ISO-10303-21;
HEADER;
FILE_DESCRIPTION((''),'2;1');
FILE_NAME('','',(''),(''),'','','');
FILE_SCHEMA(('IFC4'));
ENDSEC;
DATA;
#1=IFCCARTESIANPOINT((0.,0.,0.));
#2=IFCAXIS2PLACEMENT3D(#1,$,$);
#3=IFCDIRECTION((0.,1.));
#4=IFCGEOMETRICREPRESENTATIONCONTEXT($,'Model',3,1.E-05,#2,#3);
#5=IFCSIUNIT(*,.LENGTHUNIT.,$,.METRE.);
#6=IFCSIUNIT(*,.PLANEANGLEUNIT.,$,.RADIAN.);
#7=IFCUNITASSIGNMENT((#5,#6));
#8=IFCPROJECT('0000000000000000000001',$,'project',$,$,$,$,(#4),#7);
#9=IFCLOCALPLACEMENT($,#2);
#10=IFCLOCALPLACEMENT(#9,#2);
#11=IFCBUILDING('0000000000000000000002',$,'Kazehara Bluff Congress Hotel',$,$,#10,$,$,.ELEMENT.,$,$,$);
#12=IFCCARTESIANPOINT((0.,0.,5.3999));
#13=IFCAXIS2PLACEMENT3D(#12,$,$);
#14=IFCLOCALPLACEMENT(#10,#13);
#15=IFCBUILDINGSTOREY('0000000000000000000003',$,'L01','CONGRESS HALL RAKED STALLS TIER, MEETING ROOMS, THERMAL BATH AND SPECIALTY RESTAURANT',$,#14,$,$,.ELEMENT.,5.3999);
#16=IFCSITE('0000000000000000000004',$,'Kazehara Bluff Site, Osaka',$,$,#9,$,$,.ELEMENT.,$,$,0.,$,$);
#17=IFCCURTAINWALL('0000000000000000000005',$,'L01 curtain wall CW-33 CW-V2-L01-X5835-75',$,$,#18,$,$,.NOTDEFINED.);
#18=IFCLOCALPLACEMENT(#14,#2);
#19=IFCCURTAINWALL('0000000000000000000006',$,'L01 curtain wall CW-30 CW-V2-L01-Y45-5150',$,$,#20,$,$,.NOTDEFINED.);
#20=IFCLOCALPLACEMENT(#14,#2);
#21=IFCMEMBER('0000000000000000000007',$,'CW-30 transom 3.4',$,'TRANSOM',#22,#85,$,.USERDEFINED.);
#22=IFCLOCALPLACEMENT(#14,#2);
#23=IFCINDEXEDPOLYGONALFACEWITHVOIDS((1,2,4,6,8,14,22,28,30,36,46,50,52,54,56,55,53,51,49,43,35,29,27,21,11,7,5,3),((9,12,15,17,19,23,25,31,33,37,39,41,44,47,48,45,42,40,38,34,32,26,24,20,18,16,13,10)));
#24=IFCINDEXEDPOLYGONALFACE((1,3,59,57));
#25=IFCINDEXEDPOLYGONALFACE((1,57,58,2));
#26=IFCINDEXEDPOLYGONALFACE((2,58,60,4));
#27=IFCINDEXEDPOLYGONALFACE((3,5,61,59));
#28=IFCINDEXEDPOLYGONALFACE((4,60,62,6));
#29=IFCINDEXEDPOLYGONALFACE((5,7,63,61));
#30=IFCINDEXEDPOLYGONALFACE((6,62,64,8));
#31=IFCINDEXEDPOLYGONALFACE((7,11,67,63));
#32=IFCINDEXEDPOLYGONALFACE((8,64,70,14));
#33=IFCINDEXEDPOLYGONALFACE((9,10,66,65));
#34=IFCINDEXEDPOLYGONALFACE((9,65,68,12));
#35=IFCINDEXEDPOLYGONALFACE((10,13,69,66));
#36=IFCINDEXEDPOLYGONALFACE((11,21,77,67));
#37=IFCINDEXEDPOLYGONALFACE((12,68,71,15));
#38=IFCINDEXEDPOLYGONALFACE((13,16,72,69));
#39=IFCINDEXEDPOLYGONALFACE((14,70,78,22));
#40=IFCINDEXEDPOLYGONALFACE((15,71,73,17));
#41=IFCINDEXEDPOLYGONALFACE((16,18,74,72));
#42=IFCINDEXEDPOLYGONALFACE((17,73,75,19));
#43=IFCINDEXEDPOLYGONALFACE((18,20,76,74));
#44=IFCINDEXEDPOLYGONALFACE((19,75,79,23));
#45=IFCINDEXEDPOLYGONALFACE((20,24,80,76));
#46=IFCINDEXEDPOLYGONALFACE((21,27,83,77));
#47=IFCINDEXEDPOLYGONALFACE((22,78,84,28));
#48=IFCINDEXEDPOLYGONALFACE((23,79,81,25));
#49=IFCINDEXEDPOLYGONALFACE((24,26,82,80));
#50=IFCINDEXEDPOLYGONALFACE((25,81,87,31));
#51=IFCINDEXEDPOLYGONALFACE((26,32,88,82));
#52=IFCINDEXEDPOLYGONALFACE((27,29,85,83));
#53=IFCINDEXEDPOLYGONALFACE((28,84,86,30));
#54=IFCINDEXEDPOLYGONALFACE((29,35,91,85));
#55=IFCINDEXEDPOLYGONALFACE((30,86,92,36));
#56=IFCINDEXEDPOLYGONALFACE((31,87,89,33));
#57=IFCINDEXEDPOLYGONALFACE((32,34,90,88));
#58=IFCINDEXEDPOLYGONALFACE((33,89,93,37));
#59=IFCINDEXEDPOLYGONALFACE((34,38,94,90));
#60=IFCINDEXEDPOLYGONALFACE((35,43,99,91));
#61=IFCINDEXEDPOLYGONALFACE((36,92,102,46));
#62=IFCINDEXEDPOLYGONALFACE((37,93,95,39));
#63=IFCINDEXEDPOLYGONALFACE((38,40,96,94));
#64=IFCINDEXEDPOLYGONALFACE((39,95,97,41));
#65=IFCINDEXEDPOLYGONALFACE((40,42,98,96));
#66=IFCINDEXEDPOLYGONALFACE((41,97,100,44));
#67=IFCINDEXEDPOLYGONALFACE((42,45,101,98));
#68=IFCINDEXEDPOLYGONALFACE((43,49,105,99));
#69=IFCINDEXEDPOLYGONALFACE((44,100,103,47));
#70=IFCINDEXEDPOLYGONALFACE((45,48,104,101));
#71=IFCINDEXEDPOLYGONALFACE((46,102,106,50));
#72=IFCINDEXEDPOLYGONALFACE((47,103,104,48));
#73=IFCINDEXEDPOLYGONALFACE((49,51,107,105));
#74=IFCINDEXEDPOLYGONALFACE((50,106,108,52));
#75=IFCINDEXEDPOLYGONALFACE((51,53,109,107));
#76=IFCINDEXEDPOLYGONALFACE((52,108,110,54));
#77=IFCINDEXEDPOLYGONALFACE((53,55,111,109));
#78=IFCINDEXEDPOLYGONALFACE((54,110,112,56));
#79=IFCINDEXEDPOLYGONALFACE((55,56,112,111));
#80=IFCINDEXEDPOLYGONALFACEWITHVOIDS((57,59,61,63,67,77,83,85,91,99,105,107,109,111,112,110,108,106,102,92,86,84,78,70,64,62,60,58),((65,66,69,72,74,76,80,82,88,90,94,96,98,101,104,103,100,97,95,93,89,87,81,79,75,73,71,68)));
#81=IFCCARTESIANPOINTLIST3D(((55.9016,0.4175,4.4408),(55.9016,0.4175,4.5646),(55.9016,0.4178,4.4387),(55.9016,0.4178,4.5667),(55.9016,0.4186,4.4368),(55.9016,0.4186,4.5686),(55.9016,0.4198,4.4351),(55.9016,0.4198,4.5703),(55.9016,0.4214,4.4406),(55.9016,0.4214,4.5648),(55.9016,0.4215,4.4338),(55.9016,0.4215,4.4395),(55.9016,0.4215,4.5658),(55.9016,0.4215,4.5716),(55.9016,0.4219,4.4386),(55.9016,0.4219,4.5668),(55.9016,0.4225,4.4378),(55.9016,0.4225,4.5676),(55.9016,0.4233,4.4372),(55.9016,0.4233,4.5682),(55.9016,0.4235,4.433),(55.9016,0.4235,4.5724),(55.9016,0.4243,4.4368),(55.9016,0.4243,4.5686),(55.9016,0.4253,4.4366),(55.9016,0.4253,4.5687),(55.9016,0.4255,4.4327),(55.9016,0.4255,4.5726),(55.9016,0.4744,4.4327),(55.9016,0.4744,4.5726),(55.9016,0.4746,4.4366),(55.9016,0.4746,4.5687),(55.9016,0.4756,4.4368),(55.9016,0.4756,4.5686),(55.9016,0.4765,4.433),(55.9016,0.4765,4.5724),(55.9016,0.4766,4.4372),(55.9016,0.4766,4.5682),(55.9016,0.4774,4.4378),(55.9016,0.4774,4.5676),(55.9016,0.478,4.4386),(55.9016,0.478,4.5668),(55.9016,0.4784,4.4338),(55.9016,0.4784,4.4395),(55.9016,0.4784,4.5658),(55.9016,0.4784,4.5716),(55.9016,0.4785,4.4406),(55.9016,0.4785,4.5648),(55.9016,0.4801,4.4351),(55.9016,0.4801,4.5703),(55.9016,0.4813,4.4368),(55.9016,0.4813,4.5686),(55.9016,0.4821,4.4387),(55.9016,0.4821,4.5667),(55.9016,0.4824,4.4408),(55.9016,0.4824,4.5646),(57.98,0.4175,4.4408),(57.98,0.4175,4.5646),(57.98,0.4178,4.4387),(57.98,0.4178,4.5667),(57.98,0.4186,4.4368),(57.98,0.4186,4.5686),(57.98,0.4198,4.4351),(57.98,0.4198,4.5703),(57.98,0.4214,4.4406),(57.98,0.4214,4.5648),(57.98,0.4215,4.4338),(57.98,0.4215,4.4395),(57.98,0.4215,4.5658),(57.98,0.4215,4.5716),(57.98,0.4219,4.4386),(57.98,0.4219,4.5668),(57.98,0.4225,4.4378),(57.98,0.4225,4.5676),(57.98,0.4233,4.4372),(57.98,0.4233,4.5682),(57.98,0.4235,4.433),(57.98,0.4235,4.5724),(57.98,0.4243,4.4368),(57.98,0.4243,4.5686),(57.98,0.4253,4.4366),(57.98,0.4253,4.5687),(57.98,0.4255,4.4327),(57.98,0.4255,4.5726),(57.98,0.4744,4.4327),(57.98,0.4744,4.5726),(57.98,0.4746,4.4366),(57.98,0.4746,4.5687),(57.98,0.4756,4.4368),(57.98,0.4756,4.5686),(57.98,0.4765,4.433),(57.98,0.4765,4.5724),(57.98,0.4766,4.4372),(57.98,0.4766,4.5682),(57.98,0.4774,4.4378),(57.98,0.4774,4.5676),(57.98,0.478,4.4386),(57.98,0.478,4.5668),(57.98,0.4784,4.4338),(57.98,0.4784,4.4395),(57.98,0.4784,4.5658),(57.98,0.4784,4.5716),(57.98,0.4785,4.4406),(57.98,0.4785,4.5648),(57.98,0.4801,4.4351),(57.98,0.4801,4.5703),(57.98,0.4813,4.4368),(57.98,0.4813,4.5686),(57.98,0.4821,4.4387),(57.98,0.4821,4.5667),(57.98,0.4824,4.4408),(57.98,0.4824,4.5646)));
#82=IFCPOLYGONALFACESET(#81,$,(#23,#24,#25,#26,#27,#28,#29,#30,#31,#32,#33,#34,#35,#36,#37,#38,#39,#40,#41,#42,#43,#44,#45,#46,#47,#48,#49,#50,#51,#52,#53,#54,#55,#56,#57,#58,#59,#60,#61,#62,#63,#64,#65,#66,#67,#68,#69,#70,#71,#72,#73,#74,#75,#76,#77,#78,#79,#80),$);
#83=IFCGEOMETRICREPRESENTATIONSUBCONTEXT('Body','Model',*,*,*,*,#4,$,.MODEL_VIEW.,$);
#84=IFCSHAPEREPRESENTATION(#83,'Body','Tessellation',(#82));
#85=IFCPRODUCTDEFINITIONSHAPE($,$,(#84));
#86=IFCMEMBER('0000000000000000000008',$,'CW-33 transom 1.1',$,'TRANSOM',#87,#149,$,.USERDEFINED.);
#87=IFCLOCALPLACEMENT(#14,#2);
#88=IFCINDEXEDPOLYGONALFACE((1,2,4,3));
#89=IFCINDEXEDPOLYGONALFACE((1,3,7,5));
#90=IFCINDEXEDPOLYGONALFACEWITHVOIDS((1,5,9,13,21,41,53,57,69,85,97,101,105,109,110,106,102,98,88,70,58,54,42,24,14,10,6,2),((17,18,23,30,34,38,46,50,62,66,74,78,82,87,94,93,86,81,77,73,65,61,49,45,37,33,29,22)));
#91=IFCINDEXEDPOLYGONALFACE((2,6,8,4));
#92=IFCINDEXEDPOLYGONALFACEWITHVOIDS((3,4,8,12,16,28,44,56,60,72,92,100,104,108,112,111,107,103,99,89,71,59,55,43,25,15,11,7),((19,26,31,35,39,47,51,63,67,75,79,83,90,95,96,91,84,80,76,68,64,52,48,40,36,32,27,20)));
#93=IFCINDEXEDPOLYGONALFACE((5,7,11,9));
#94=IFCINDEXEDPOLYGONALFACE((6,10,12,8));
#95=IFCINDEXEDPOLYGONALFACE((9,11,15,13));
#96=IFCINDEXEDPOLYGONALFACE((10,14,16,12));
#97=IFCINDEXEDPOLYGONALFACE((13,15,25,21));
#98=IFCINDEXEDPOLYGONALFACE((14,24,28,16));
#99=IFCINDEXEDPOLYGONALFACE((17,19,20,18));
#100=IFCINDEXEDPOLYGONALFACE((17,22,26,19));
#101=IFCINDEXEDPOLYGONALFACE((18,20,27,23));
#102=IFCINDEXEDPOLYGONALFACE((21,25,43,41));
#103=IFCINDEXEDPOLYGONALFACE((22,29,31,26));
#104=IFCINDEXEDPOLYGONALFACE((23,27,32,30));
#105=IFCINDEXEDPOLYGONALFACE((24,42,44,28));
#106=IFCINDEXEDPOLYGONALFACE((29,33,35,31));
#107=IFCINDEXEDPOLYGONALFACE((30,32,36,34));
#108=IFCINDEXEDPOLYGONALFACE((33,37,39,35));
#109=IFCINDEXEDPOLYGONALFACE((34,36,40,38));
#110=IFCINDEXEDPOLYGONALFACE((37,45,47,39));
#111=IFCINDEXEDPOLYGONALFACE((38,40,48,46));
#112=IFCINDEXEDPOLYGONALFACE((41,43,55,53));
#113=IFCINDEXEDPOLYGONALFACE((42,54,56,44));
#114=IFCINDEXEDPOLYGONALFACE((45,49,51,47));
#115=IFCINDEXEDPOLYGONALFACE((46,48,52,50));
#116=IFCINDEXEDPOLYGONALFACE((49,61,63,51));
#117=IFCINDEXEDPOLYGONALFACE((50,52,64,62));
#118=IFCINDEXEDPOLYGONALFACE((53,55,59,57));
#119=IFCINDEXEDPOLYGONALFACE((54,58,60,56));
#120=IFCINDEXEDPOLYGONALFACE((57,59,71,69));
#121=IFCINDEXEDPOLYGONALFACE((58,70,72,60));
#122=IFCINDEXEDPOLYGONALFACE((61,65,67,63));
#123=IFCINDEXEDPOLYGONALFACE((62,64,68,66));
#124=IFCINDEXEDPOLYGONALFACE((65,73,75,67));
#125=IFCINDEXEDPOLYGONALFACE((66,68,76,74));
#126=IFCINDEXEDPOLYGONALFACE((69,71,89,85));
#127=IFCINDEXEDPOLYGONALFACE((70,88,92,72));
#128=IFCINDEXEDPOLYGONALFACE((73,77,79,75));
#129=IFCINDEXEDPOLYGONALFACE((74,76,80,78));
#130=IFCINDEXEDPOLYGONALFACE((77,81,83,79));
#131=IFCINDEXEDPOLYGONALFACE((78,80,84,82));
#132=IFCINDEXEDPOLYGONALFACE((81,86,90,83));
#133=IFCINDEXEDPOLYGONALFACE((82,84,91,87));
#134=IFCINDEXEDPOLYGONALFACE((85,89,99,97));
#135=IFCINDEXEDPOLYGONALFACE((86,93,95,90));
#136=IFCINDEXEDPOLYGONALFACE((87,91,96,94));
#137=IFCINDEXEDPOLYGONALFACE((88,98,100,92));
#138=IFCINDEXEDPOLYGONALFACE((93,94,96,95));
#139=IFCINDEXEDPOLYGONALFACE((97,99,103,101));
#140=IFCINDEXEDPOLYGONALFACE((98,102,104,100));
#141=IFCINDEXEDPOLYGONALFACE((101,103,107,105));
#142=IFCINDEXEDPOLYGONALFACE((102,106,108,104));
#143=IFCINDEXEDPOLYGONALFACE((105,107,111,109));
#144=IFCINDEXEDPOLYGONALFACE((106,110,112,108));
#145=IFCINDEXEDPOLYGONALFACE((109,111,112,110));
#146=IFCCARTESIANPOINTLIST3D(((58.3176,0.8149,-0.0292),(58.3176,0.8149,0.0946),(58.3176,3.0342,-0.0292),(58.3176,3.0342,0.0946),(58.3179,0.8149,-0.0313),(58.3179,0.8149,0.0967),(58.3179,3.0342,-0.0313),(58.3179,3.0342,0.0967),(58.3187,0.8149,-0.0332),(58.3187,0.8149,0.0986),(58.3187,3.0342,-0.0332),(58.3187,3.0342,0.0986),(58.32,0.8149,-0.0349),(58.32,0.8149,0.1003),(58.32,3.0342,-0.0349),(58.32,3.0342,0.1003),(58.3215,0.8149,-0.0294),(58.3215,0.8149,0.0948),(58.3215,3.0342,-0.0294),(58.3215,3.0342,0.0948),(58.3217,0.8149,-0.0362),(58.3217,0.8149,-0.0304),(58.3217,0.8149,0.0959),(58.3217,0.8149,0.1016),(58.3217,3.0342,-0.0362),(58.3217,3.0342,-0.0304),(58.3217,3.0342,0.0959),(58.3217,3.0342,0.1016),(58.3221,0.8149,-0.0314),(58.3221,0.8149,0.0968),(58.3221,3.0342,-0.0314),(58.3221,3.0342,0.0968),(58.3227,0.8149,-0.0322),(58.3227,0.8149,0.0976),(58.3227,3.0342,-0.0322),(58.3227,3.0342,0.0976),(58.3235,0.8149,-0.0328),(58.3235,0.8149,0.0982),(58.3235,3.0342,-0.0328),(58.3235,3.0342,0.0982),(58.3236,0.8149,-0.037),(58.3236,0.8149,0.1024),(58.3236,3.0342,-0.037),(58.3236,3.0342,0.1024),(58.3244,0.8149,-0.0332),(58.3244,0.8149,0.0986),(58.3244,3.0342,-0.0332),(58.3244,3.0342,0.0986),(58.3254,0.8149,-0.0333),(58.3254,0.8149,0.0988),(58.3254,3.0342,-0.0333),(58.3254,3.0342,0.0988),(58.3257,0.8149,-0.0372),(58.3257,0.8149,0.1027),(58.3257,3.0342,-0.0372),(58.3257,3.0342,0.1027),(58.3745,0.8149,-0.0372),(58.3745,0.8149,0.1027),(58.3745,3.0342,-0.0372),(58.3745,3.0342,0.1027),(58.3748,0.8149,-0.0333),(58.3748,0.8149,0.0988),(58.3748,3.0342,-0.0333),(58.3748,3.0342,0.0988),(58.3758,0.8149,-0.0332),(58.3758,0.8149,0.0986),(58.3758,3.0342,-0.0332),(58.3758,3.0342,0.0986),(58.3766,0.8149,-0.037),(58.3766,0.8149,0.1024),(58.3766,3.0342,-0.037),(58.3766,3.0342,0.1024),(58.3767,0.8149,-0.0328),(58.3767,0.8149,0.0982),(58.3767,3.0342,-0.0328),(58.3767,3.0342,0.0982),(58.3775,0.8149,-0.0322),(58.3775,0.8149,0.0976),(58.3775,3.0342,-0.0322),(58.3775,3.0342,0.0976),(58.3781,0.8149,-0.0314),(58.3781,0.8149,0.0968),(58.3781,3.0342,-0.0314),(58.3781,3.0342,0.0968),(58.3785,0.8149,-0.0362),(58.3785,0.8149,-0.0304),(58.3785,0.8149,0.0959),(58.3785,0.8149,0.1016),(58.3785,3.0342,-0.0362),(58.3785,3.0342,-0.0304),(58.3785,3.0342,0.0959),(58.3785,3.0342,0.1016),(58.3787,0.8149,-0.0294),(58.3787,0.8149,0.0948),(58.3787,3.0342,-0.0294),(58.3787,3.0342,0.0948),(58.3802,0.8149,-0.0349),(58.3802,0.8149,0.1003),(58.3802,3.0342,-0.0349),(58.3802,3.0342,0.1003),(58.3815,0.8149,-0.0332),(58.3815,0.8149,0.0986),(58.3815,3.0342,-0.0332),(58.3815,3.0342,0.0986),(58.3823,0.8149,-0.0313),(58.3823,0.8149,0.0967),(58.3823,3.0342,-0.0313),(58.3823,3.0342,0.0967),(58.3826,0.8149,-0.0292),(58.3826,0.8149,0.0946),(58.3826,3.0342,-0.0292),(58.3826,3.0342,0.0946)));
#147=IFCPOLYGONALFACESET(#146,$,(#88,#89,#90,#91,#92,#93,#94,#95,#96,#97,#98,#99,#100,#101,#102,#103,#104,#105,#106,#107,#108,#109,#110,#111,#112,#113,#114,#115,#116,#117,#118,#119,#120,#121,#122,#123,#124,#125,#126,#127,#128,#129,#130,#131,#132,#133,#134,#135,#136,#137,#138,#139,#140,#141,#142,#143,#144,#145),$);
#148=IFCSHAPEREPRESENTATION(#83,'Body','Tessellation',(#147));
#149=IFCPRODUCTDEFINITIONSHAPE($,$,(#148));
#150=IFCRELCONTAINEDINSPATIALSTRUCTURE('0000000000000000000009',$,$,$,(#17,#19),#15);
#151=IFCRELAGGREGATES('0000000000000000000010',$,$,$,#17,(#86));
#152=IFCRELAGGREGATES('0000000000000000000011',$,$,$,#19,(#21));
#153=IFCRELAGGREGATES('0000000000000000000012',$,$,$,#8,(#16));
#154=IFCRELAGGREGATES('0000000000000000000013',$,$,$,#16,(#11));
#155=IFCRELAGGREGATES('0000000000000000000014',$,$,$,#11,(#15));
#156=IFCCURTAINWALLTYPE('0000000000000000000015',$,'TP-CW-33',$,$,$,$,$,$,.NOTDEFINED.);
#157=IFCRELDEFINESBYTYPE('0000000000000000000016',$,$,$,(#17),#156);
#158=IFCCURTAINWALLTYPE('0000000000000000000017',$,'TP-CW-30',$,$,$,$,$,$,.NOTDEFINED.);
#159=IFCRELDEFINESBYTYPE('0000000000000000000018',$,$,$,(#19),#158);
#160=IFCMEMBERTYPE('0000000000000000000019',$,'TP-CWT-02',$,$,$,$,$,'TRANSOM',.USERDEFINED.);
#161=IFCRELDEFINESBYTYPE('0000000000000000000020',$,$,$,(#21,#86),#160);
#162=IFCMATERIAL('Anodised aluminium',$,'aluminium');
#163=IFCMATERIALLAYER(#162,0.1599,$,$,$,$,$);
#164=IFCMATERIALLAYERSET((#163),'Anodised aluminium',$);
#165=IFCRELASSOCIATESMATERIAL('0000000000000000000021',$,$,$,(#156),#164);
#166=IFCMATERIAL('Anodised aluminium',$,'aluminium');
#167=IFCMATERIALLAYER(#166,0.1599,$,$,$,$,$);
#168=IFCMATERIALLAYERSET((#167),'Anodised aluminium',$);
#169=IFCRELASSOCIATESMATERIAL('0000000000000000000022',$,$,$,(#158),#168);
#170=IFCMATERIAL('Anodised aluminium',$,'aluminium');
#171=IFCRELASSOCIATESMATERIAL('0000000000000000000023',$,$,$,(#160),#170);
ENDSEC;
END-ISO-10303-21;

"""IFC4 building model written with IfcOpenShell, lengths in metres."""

from ifc_helpers import new_model, si_unit, direction, frame, origin, origin_2d, place, context, subcontext, project, spatial, hollow_rectangle, extrude, material, layer, layer_set, material_profile, profile_set, type_object, element, aggregate, save


model = new_model("IFC4")

# Units and contexts
model_context = context("Model", 3, precision=1e-05, world=origin(), true_north=direction((0.0, 1.0)))
body_context = subcontext(model_context, "Body", "Model", "MODEL_VIEW")
ifc_project = project(units=[si_unit("LENGTHUNIT", "METRE"), si_unit("PLANEANGLEUNIT", "RADIAN")], contexts=[model_context])

# Site, building, storey
site_placement = place(None, origin())
site = spatial("IfcSite", under=ifc_project, at=site_placement, Name="Kazehara Bluff Site, Osaka", CompositionType="ELEMENT", RefElevation=0.0)
building_placement = place(site_placement, origin())
building = spatial("IfcBuilding", under=site, at=building_placement, Name="Kazehara Bluff Congress Hotel", CompositionType="ELEMENT")
storey_placement = place(building_placement, frame((0.0, 0.0, 5.3999)))
storey = spatial("IfcBuildingStorey", under=building, at=storey_placement, Name="L01", Description="CONGRESS HALL RAKED STALLS TIER, MEETING ROOMS, THERMAL BATH AND SPECIALTY RESTAURANT", CompositionType="ELEMENT", Elevation=5.3999)

# Curtain walls, member
ifc_material_1 = material(Name="Anodised aluminium", Category="aluminium")
ifc_layer_1 = layer(ifc_material_1, 0.1599)
ifc_layer_set_1 = layer_set([ifc_layer_1], Name="Anodised aluminium")
curtain_wall_type_1 = type_object("IfcCurtainWallType", Name="TP-CW-33", PredefinedType="NOTDEFINED", material=ifc_layer_set_1)
curtain_wall_1_placement = place(storey_placement, origin())
curtain_wall_1 = element("IfcCurtainWall", 1, at=curtain_wall_1_placement, inside=storey, type_object=curtain_wall_type_1, Name="L01 curtain wall CW-33 CW-V2-L01-X5835-75", PredefinedType="NOTDEFINED")
ifc_material_2 = material(Name="Anodised aluminium", Category="aluminium")
ifc_layer_2 = layer(ifc_material_2, 0.1599)
ifc_layer_set_2 = layer_set([ifc_layer_2], Name="Anodised aluminium")
curtain_wall_type_2 = type_object("IfcCurtainWallType", Name="TP-CW-30", PredefinedType="NOTDEFINED", material=ifc_layer_set_2)
curtain_wall_2_placement = place(storey_placement, origin())
curtain_wall_2 = element("IfcCurtainWall", 2, at=curtain_wall_2_placement, inside=storey, type_object=curtain_wall_type_2, Name="L01 curtain wall CW-30 CW-V2-L01-Y45-5150", PredefinedType="NOTDEFINED")
ifc_material_3 = material(Name="Anodised aluminium", Category="aluminium")
ifc_material_profile_1 = material_profile(ifc_material_3, hollow_rectangle(XDim=0.0649, YDim=0.1399, WallThickness=0.0039, InnerFilletRadius=0.0039, OuterFilletRadius=0.0081, at=origin_2d()))
ifc_profile_set_1 = profile_set([ifc_material_profile_1], Name="Anodised aluminium")
member_type_1 = type_object("IfcMemberType", Name="TP-CWT-02", ElementType="TRANSOM", PredefinedType="USERDEFINED", material=ifc_profile_set_1)
member_1_placement = place(storey_placement, frame((55.9016, 0.45, 4.5027), z_axis=(1.0, 0.0, 0.0), x_axis=(0.0, 1.0, 0.0)))
member_1 = element("IfcMember", 3, at=member_1_placement, type_object=member_type_1, Name="CW-30 transom 3.4", ObjectType="TRANSOM", PredefinedType="USERDEFINED", context=body_context, shape_type="SweptSolid", body=[
    extrude(hollow_rectangle(XDim=0.0649, YDim=0.1399, WallThickness=0.0039, InnerFilletRadius=0.0039, OuterFilletRadius=0.0081, at=origin_2d()), origin(), (0.0, 0.0, 1.0), 2.0784),
])

# Member
member_2_placement = place(storey_placement, frame((58.3501, 0.8149, 0.0327), z_axis=(0.0, 1.0, 0.0), x_axis=(-1.0, 0.0, 0.0)))
member_2 = element("IfcMember", 4, at=member_2_placement, type_object=member_type_1, Name="CW-33 transom 1.1", ObjectType="TRANSOM", PredefinedType="USERDEFINED", context=body_context, shape_type="SweptSolid", body=[
    extrude(hollow_rectangle(XDim=0.0649, YDim=0.1399, WallThickness=0.0039, InnerFilletRadius=0.0039, OuterFilletRadius=0.0081, at=origin_2d()), origin(), (0.0, 0.0, 1.0), 2.2192),
])

aggregate(curtain_wall_1, [member_2])
aggregate(curtain_wall_2, [member_1])

save(model, "model.ifc")
